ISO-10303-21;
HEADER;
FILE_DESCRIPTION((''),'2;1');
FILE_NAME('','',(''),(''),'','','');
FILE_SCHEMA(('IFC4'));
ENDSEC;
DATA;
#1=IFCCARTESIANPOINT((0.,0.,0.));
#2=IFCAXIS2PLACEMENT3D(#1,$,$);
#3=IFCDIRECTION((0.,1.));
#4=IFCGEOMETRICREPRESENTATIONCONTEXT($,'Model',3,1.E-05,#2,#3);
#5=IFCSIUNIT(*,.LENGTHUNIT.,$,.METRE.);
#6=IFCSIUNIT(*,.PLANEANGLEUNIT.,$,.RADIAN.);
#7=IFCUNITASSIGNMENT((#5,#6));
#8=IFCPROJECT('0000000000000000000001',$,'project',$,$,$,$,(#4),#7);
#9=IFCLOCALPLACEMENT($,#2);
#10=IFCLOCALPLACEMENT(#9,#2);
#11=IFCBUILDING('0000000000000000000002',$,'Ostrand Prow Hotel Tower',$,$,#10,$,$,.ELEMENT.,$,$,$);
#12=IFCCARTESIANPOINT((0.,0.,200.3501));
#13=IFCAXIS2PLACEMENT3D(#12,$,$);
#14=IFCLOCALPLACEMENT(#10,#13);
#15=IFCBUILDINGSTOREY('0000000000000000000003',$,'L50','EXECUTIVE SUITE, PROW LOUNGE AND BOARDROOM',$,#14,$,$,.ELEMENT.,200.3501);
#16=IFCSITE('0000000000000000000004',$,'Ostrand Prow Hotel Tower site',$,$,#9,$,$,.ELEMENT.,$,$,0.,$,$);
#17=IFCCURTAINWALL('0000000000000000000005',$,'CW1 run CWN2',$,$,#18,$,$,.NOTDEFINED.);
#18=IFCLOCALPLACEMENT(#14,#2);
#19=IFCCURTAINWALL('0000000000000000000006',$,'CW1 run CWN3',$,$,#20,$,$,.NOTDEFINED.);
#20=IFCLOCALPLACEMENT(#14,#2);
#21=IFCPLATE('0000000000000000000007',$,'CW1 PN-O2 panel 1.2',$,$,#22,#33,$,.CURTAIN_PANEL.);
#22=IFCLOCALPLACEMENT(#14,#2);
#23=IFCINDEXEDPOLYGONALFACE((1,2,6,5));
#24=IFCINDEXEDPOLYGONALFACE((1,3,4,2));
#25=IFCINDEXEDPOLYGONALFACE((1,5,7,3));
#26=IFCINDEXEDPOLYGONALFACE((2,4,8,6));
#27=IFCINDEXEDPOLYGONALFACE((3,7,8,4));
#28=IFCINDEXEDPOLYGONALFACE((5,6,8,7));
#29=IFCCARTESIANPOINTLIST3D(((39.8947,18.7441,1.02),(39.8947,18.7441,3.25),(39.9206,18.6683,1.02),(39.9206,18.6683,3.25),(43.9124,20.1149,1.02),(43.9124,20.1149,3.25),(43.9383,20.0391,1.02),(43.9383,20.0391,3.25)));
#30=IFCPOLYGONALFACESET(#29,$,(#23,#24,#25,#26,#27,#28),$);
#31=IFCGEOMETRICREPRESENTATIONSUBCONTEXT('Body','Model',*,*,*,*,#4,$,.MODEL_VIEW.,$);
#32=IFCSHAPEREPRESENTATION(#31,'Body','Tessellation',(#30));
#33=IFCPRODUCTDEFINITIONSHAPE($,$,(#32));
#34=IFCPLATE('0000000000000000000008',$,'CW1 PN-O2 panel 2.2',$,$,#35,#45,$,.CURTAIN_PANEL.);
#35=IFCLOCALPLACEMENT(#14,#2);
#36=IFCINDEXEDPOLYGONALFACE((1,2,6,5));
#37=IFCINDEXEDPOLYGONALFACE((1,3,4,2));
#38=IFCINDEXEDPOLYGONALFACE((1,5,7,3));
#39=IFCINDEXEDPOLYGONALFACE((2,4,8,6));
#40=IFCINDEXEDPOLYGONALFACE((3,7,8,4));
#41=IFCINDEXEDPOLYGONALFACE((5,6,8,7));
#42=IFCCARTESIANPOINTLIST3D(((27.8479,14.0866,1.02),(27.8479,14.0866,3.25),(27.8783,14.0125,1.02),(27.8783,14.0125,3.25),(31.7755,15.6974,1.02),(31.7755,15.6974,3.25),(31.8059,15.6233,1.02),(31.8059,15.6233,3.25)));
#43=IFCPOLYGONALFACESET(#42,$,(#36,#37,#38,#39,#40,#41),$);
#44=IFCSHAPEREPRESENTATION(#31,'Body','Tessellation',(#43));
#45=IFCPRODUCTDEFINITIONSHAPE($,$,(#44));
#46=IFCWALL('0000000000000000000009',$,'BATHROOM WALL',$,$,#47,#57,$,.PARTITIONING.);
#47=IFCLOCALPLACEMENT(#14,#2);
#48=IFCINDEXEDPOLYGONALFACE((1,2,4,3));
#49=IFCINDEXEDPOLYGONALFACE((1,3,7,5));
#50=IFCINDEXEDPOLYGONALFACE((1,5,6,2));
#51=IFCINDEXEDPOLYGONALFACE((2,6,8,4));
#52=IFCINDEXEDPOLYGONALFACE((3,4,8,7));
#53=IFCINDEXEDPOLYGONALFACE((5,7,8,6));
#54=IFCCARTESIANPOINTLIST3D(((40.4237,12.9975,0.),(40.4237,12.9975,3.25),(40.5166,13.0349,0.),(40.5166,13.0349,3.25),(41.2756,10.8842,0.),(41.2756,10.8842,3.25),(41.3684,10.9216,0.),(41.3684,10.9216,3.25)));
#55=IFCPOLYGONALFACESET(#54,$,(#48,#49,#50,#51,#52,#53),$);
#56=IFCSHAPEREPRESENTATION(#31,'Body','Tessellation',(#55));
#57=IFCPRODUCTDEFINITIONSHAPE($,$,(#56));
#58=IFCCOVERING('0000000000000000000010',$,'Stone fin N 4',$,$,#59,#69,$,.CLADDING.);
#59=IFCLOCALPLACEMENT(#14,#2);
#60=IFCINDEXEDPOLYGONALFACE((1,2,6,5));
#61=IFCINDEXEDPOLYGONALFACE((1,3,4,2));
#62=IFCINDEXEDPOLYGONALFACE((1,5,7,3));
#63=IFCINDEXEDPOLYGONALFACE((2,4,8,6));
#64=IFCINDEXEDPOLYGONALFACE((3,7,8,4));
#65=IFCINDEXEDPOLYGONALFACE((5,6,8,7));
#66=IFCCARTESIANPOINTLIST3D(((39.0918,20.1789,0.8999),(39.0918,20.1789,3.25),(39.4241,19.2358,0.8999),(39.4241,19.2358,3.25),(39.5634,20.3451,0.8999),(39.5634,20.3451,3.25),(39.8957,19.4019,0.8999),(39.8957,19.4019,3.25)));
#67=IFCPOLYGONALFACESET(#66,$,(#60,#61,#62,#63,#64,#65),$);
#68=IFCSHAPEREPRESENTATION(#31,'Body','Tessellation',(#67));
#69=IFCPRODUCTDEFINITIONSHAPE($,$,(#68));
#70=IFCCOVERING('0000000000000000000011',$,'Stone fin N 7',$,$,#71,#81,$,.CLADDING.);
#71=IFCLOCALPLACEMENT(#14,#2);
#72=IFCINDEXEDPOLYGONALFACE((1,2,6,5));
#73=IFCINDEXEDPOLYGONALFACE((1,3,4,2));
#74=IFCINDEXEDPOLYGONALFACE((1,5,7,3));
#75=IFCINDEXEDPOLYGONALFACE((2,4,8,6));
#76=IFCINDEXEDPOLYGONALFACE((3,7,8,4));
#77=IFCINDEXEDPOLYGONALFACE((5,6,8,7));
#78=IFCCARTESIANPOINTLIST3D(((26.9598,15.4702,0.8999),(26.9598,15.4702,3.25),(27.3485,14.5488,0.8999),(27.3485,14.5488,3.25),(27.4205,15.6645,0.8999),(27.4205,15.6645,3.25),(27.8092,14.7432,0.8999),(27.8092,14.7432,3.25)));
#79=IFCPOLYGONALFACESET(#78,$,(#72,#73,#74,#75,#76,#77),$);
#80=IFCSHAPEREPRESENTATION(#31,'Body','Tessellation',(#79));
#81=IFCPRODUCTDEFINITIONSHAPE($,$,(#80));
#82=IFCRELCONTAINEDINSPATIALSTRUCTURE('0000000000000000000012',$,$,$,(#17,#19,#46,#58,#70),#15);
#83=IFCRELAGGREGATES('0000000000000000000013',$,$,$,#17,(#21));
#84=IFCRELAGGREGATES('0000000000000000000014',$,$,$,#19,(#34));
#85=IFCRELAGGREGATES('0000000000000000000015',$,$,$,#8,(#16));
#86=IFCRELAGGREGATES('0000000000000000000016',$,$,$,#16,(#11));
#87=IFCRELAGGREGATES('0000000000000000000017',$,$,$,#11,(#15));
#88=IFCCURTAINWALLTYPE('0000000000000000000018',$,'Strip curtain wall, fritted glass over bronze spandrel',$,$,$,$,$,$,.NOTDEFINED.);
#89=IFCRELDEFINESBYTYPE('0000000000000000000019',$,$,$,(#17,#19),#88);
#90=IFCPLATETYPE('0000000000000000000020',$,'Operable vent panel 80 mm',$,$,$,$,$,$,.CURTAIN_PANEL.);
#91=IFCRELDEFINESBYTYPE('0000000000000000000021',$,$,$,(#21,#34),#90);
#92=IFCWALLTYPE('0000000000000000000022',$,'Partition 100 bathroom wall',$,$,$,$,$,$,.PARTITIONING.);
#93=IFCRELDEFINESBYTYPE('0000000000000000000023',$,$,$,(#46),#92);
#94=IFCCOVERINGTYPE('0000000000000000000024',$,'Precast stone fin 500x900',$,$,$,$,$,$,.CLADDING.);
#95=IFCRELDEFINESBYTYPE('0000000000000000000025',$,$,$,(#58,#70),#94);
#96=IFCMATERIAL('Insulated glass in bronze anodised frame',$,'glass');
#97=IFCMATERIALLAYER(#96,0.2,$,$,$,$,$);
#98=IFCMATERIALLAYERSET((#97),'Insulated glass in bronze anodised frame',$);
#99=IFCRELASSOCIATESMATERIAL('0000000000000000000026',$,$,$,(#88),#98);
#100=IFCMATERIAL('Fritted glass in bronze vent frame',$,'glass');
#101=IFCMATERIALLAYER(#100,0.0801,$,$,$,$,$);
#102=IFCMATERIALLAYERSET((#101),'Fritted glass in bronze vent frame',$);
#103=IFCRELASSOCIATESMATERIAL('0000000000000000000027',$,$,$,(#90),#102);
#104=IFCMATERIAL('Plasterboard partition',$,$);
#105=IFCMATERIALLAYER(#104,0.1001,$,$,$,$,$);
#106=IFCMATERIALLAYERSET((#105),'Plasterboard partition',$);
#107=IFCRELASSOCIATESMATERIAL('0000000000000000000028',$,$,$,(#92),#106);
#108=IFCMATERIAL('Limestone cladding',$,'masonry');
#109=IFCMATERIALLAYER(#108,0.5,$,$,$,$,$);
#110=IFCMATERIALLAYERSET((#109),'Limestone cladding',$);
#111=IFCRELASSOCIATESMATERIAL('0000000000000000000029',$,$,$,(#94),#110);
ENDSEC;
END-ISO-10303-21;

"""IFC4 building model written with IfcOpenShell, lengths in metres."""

from ifc_helpers import new_model, si_unit, direction, frame, frame_2d, origin, origin_2d, place, context, subcontext, project, spatial, rectangle, extrude, material, layer, layer_set, type_object, element, aggregate, save


model = new_model("IFC4")

# Units and contexts
model_context = context("Model", 3, precision=1e-05, world=origin(), true_north=direction((0.0, 1.0)))
body_context = subcontext(model_context, "Body", "Model", "MODEL_VIEW")
ifc_project = project(units=[si_unit("LENGTHUNIT", "METRE"), si_unit("PLANEANGLEUNIT", "RADIAN")], contexts=[model_context])

# Site, building, storey
site_placement = place(None, origin())
site = spatial("IfcSite", under=ifc_project, at=site_placement, Name="Ostrand Prow Hotel Tower site", CompositionType="ELEMENT", RefElevation=0.0)
building_placement = place(site_placement, origin())
building = spatial("IfcBuilding", under=site, at=building_placement, Name="Ostrand Prow Hotel Tower", CompositionType="ELEMENT")
storey_placement = place(building_placement, frame((0.0, 0.0, 200.3501)))
storey = spatial("IfcBuildingStorey", under=building, at=storey_placement, Name="L50", Description="EXECUTIVE SUITE, PROW LOUNGE AND BOARDROOM", CompositionType="ELEMENT", Elevation=200.3501)

# Curtain walls
ifc_material_1 = material(Name="Insulated glass in bronze anodised frame", Category="glass")
ifc_layer_1 = layer(ifc_material_1, 0.2)
ifc_layer_set_1 = layer_set([ifc_layer_1], Name="Insulated glass in bronze anodised frame")
curtain_wall_type = type_object("IfcCurtainWallType", Name="Strip curtain wall, fritted glass over bronze spandrel", PredefinedType="NOTDEFINED", material=ifc_layer_set_1)
curtain_wall_1_placement = place(storey_placement, origin())
curtain_wall_1 = element("IfcCurtainWall", 1, at=curtain_wall_1_placement, inside=storey, type_object=curtain_wall_type, Name="CW1 run CWN2", PredefinedType="NOTDEFINED")
curtain_wall_2_placement = place(storey_placement, origin())
curtain_wall_2 = element("IfcCurtainWall", 2, at=curtain_wall_2_placement, inside=storey, type_object=curtain_wall_type, Name="CW1 run CWN3", PredefinedType="NOTDEFINED")

# Plates
ifc_material_2 = material(Name="Fritted glass in bronze vent frame", Category="glass")
ifc_layer_2 = layer(ifc_material_2, 0.0801)
ifc_layer_set_2 = layer_set([ifc_layer_2], Name="Fritted glass in bronze vent frame")
plate_type_1 = type_object("IfcPlateType", Name="Operable vent panel 80 mm", PredefinedType="CURTAIN_PANEL", material=ifc_layer_set_2)
plate_1_placement = place(storey_placement, frame((41.9165, 19.3916, 1.02), z_axis=(0.0, 0.0, 1.0), x_axis=(-0.94643, -0.322908, 0.0)))
plate_1 = element("IfcPlate", 3, at=plate_1_placement, type_object=plate_type_1, Name="CW1 PN-O2 panel 1.2", PredefinedType="CURTAIN_PANEL", context=body_context, shape_type="SweptSolid", body=[
    extrude(rectangle(XDim=4.2451, YDim=0.0801, at=origin_2d()), origin(), (0.0, 0.0, 1.0), 2.23),
])
aggregate(curtain_wall_1, [plate_1])
plate_2_placement = place(storey_placement, frame((29.8269, 14.855, 1.02), z_axis=(0.0, 0.0, 1.0), x_axis=(-0.925211, -0.379453, 0.0)))
plate_2 = element("IfcPlate", 4, at=plate_2_placement, type_object=plate_type_1, Name="CW1 PN-O2 panel 2.2", PredefinedType="CURTAIN_PANEL", context=body_context, shape_type="SweptSolid", body=[
    extrude(rectangle(XDim=4.2451, YDim=0.0801, at=origin_2d()), origin(), (0.0, 0.0, 1.0), 2.23),
])
aggregate(curtain_wall_2, [plate_2])

# Wall
ifc_material_3 = material(Name="Plasterboard partition")
ifc_layer_3 = layer(ifc_material_3, 0.1001)
ifc_layer_set_3 = layer_set([ifc_layer_3], Name="Plasterboard partition")
wall_type = type_object("IfcWallType", Name="Partition 100 bathroom wall", PredefinedType="PARTITIONING", material=ifc_layer_set_3)
wall_placement = place(storey_placement, frame((40.4702, 13.0161, 0.0), z_axis=(0.0, 0.0, 1.0), x_axis=(0.373846, -0.927491, 0.0)))
element("IfcWall", 5, at=wall_placement, inside=storey, type_object=wall_type, Name="BATHROOM WALL", PredefinedType="PARTITIONING", context=body_context, shape_type="SweptSolid", body=[
    extrude(rectangle(XDim=2.2786, YDim=0.1001, at=frame_2d((1.1392, 0.0))), origin(), (0.0, 0.0, 1.0), 3.25),
])

# Coverings
ifc_material_4 = material(Name="Limestone cladding", Category="masonry")
ifc_layer_4 = layer(ifc_material_4, 0.5)
ifc_layer_set_4 = layer_set([ifc_layer_4], Name="Limestone cladding")
covering_type = type_object("IfcCoveringType", Name="Precast stone fin 500x900", PredefinedType="CLADDING", material=ifc_layer_set_4)
for number, where, z_axis, x_axis, name in (
    (6, (39.6599, 19.3188, 0.8999), (0.0, 0.0, 1.0), (-0.332296, 0.943175, 0.0), "Stone fin N 4"),
    (7, (27.5789, 14.646, 0.8999), (0.0, 0.0, 1.0), (-0.388668, 0.921378, 0.0), "Stone fin N 7"),
):
    element("IfcCovering", number, at=place(storey_placement, frame(where, z_axis=z_axis, x_axis=x_axis)), inside=storey, type_object=covering_type, Name=name, PredefinedType="CLADDING", context=body_context, shape_type="SweptSolid", body=[
        extrude(rectangle(XDim=1.0, YDim=0.5, at=frame_2d((0.5, 0.0))), origin(), (0.0, 0.0, 1.0), 2.3501),
    ])

save(model, "model.ifc")
